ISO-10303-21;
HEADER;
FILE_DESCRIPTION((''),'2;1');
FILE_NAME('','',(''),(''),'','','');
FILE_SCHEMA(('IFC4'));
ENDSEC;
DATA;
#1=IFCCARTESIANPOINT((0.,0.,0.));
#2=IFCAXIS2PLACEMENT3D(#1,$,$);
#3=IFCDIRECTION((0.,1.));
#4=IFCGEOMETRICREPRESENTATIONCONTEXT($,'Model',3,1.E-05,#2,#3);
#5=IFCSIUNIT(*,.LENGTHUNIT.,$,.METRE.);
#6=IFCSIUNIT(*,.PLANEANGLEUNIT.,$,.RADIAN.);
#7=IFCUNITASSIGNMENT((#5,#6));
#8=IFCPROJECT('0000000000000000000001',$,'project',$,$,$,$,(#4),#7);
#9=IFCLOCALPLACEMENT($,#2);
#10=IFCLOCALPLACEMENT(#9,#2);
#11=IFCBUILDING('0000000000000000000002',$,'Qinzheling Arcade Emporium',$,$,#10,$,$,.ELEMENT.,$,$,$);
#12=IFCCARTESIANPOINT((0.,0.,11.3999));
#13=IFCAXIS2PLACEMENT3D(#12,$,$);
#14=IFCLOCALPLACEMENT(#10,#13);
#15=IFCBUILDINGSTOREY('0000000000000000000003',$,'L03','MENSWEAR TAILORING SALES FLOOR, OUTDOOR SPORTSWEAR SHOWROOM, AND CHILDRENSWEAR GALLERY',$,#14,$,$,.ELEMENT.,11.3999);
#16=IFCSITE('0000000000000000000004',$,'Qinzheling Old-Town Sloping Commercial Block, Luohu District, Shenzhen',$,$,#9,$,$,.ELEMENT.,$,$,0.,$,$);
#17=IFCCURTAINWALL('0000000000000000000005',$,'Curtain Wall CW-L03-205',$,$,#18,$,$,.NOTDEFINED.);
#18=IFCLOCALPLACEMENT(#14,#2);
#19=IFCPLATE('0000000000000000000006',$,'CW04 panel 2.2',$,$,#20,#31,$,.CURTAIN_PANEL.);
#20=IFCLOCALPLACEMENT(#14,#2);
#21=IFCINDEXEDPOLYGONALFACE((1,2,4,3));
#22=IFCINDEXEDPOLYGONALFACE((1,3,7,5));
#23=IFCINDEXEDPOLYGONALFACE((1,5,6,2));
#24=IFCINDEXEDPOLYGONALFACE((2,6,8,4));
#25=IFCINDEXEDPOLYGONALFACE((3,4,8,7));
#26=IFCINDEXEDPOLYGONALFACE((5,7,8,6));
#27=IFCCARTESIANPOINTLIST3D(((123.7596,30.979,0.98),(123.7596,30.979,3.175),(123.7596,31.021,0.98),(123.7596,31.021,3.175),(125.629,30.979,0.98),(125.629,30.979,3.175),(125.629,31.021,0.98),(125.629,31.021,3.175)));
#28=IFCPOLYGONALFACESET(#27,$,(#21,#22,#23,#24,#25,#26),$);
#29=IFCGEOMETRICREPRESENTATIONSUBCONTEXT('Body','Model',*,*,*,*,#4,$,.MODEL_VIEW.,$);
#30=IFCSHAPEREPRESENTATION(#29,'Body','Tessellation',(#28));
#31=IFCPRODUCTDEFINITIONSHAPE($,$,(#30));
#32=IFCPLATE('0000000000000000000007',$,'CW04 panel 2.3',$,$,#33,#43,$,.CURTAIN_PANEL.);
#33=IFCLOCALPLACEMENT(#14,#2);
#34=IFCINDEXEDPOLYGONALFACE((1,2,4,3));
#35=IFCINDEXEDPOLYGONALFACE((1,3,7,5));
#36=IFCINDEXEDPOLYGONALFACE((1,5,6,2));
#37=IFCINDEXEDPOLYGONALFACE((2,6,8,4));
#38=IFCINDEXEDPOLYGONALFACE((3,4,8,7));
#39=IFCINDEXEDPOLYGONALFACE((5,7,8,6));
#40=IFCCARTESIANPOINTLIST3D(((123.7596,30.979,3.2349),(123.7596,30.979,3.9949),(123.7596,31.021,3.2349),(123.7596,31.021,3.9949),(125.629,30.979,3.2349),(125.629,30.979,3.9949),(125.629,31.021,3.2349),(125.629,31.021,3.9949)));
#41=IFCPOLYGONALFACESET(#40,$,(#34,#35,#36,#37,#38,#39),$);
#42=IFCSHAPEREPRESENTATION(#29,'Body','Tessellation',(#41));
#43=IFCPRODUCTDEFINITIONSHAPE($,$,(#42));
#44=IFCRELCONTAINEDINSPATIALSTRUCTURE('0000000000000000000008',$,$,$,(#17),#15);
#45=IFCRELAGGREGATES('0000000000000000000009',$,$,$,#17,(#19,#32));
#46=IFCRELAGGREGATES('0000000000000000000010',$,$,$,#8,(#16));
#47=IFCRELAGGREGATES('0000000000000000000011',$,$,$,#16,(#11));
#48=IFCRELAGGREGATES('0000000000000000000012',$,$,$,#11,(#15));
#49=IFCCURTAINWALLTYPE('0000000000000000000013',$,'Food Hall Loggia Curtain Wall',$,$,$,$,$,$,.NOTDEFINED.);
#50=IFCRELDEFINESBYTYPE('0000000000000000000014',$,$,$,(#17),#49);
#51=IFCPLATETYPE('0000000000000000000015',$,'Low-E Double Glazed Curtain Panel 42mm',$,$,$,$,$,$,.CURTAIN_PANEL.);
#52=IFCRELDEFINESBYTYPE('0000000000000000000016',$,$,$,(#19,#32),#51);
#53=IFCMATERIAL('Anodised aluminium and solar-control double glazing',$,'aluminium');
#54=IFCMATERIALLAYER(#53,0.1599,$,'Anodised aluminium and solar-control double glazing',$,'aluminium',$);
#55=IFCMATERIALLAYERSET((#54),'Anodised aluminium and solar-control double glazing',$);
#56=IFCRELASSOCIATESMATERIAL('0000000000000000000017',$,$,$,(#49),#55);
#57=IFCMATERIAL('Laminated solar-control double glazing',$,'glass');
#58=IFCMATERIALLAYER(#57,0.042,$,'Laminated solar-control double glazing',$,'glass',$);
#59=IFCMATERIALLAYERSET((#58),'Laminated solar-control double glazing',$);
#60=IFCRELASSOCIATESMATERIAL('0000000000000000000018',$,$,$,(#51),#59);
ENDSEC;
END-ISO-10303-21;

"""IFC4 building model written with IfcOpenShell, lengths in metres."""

from ifc_helpers import new_model, si_unit, direction, frame, origin, origin_2d, place, context, subcontext, project, spatial, rectangle, extrude, material, layer, layer_set, type_object, element, aggregate, save


model = new_model("IFC4")

# Units and contexts
model_context = context("Model", 3, precision=1e-05, world=origin(), true_north=direction((0.0, 1.0)))
body_context = subcontext(model_context, "Body", "Model", "MODEL_VIEW")
ifc_project = project(units=[si_unit("LENGTHUNIT", "METRE"), si_unit("PLANEANGLEUNIT", "RADIAN")], contexts=[model_context])

# Site, building, storey
site_placement = place(None, origin())
site = spatial("IfcSite", under=ifc_project, at=site_placement, Name="Qinzheling Old-Town Sloping Commercial Block, Luohu District, Shenzhen", CompositionType="ELEMENT", RefElevation=0.0)
building_placement = place(site_placement, origin())
building = spatial("IfcBuilding", under=site, at=building_placement, Name="Qinzheling Arcade Emporium", CompositionType="ELEMENT")
storey_placement = place(building_placement, frame((0.0, 0.0, 11.3999)))
storey = spatial("IfcBuildingStorey", under=building, at=storey_placement, Name="L03", Description="MENSWEAR TAILORING SALES FLOOR, OUTDOOR SPORTSWEAR SHOWROOM, AND CHILDRENSWEAR GALLERY", CompositionType="ELEMENT", Elevation=11.3999)

# Shared definitions
ifc_material_1 = material(Name="Anodised aluminium and solar-control double glazing", Category="aluminium")
ifc_layer_1 = layer(ifc_material_1, 0.1599, Name="Anodised aluminium and solar-control double glazing", Category="aluminium")
ifc_layer_set_1 = layer_set([ifc_layer_1], Name="Anodised aluminium and solar-control double glazing")
curtain_wall_type = type_object("IfcCurtainWallType", Name="Food Hall Loggia Curtain Wall", PredefinedType="NOTDEFINED", material=ifc_layer_set_1)

# Curtain wall
curtain_wall_1_placement = place(storey_placement, origin())
curtain_wall_1 = element("IfcCurtainWall", 1, at=curtain_wall_1_placement, inside=storey, type_object=curtain_wall_type, Name="Curtain Wall CW-L03-205", PredefinedType="NOTDEFINED")

# Plates
ifc_material_2 = material(Name="Laminated solar-control double glazing", Category="glass")
ifc_layer_2 = layer(ifc_material_2, 0.042, Name="Laminated solar-control double glazing", Category="glass")
ifc_layer_set_2 = layer_set([ifc_layer_2], Name="Laminated solar-control double glazing")
plate_type_1 = type_object("IfcPlateType", Name="Low-E Double Glazed Curtain Panel 42mm", PredefinedType="CURTAIN_PANEL", material=ifc_layer_set_2)
plate_1_placement = place(storey_placement, frame((124.6943, 31.0, 0.98), z_axis=(0.0, 0.0, 1.0), x_axis=(1.0, 0.0, 0.0)))
plate_1 = element("IfcPlate", 2, at=plate_1_placement, type_object=plate_type_1, Name="CW04 panel 2.2", PredefinedType="CURTAIN_PANEL", context=body_context, shape_type="SweptSolid", body=[
    extrude(rectangle(XDim=1.8694, YDim=0.042, at=origin_2d()), origin(), (0.0, 0.0, 1.0), 2.1951),
])
plate_2_placement = place(storey_placement, frame((124.6943, 31.0, 3.2349), z_axis=(0.0, 0.0, 1.0), x_axis=(1.0, 0.0, 0.0)))
plate_2 = element("IfcPlate", 3, at=plate_2_placement, type_object=plate_type_1, Name="CW04 panel 2.3", PredefinedType="CURTAIN_PANEL", context=body_context, shape_type="SweptSolid", body=[
    extrude(rectangle(XDim=1.8694, YDim=0.042, at=origin_2d()), origin(), (0.0, 0.0, 1.0), 0.76),
])
aggregate(curtain_wall_1, [plate_1, plate_2])

save(model, "model.ifc")
